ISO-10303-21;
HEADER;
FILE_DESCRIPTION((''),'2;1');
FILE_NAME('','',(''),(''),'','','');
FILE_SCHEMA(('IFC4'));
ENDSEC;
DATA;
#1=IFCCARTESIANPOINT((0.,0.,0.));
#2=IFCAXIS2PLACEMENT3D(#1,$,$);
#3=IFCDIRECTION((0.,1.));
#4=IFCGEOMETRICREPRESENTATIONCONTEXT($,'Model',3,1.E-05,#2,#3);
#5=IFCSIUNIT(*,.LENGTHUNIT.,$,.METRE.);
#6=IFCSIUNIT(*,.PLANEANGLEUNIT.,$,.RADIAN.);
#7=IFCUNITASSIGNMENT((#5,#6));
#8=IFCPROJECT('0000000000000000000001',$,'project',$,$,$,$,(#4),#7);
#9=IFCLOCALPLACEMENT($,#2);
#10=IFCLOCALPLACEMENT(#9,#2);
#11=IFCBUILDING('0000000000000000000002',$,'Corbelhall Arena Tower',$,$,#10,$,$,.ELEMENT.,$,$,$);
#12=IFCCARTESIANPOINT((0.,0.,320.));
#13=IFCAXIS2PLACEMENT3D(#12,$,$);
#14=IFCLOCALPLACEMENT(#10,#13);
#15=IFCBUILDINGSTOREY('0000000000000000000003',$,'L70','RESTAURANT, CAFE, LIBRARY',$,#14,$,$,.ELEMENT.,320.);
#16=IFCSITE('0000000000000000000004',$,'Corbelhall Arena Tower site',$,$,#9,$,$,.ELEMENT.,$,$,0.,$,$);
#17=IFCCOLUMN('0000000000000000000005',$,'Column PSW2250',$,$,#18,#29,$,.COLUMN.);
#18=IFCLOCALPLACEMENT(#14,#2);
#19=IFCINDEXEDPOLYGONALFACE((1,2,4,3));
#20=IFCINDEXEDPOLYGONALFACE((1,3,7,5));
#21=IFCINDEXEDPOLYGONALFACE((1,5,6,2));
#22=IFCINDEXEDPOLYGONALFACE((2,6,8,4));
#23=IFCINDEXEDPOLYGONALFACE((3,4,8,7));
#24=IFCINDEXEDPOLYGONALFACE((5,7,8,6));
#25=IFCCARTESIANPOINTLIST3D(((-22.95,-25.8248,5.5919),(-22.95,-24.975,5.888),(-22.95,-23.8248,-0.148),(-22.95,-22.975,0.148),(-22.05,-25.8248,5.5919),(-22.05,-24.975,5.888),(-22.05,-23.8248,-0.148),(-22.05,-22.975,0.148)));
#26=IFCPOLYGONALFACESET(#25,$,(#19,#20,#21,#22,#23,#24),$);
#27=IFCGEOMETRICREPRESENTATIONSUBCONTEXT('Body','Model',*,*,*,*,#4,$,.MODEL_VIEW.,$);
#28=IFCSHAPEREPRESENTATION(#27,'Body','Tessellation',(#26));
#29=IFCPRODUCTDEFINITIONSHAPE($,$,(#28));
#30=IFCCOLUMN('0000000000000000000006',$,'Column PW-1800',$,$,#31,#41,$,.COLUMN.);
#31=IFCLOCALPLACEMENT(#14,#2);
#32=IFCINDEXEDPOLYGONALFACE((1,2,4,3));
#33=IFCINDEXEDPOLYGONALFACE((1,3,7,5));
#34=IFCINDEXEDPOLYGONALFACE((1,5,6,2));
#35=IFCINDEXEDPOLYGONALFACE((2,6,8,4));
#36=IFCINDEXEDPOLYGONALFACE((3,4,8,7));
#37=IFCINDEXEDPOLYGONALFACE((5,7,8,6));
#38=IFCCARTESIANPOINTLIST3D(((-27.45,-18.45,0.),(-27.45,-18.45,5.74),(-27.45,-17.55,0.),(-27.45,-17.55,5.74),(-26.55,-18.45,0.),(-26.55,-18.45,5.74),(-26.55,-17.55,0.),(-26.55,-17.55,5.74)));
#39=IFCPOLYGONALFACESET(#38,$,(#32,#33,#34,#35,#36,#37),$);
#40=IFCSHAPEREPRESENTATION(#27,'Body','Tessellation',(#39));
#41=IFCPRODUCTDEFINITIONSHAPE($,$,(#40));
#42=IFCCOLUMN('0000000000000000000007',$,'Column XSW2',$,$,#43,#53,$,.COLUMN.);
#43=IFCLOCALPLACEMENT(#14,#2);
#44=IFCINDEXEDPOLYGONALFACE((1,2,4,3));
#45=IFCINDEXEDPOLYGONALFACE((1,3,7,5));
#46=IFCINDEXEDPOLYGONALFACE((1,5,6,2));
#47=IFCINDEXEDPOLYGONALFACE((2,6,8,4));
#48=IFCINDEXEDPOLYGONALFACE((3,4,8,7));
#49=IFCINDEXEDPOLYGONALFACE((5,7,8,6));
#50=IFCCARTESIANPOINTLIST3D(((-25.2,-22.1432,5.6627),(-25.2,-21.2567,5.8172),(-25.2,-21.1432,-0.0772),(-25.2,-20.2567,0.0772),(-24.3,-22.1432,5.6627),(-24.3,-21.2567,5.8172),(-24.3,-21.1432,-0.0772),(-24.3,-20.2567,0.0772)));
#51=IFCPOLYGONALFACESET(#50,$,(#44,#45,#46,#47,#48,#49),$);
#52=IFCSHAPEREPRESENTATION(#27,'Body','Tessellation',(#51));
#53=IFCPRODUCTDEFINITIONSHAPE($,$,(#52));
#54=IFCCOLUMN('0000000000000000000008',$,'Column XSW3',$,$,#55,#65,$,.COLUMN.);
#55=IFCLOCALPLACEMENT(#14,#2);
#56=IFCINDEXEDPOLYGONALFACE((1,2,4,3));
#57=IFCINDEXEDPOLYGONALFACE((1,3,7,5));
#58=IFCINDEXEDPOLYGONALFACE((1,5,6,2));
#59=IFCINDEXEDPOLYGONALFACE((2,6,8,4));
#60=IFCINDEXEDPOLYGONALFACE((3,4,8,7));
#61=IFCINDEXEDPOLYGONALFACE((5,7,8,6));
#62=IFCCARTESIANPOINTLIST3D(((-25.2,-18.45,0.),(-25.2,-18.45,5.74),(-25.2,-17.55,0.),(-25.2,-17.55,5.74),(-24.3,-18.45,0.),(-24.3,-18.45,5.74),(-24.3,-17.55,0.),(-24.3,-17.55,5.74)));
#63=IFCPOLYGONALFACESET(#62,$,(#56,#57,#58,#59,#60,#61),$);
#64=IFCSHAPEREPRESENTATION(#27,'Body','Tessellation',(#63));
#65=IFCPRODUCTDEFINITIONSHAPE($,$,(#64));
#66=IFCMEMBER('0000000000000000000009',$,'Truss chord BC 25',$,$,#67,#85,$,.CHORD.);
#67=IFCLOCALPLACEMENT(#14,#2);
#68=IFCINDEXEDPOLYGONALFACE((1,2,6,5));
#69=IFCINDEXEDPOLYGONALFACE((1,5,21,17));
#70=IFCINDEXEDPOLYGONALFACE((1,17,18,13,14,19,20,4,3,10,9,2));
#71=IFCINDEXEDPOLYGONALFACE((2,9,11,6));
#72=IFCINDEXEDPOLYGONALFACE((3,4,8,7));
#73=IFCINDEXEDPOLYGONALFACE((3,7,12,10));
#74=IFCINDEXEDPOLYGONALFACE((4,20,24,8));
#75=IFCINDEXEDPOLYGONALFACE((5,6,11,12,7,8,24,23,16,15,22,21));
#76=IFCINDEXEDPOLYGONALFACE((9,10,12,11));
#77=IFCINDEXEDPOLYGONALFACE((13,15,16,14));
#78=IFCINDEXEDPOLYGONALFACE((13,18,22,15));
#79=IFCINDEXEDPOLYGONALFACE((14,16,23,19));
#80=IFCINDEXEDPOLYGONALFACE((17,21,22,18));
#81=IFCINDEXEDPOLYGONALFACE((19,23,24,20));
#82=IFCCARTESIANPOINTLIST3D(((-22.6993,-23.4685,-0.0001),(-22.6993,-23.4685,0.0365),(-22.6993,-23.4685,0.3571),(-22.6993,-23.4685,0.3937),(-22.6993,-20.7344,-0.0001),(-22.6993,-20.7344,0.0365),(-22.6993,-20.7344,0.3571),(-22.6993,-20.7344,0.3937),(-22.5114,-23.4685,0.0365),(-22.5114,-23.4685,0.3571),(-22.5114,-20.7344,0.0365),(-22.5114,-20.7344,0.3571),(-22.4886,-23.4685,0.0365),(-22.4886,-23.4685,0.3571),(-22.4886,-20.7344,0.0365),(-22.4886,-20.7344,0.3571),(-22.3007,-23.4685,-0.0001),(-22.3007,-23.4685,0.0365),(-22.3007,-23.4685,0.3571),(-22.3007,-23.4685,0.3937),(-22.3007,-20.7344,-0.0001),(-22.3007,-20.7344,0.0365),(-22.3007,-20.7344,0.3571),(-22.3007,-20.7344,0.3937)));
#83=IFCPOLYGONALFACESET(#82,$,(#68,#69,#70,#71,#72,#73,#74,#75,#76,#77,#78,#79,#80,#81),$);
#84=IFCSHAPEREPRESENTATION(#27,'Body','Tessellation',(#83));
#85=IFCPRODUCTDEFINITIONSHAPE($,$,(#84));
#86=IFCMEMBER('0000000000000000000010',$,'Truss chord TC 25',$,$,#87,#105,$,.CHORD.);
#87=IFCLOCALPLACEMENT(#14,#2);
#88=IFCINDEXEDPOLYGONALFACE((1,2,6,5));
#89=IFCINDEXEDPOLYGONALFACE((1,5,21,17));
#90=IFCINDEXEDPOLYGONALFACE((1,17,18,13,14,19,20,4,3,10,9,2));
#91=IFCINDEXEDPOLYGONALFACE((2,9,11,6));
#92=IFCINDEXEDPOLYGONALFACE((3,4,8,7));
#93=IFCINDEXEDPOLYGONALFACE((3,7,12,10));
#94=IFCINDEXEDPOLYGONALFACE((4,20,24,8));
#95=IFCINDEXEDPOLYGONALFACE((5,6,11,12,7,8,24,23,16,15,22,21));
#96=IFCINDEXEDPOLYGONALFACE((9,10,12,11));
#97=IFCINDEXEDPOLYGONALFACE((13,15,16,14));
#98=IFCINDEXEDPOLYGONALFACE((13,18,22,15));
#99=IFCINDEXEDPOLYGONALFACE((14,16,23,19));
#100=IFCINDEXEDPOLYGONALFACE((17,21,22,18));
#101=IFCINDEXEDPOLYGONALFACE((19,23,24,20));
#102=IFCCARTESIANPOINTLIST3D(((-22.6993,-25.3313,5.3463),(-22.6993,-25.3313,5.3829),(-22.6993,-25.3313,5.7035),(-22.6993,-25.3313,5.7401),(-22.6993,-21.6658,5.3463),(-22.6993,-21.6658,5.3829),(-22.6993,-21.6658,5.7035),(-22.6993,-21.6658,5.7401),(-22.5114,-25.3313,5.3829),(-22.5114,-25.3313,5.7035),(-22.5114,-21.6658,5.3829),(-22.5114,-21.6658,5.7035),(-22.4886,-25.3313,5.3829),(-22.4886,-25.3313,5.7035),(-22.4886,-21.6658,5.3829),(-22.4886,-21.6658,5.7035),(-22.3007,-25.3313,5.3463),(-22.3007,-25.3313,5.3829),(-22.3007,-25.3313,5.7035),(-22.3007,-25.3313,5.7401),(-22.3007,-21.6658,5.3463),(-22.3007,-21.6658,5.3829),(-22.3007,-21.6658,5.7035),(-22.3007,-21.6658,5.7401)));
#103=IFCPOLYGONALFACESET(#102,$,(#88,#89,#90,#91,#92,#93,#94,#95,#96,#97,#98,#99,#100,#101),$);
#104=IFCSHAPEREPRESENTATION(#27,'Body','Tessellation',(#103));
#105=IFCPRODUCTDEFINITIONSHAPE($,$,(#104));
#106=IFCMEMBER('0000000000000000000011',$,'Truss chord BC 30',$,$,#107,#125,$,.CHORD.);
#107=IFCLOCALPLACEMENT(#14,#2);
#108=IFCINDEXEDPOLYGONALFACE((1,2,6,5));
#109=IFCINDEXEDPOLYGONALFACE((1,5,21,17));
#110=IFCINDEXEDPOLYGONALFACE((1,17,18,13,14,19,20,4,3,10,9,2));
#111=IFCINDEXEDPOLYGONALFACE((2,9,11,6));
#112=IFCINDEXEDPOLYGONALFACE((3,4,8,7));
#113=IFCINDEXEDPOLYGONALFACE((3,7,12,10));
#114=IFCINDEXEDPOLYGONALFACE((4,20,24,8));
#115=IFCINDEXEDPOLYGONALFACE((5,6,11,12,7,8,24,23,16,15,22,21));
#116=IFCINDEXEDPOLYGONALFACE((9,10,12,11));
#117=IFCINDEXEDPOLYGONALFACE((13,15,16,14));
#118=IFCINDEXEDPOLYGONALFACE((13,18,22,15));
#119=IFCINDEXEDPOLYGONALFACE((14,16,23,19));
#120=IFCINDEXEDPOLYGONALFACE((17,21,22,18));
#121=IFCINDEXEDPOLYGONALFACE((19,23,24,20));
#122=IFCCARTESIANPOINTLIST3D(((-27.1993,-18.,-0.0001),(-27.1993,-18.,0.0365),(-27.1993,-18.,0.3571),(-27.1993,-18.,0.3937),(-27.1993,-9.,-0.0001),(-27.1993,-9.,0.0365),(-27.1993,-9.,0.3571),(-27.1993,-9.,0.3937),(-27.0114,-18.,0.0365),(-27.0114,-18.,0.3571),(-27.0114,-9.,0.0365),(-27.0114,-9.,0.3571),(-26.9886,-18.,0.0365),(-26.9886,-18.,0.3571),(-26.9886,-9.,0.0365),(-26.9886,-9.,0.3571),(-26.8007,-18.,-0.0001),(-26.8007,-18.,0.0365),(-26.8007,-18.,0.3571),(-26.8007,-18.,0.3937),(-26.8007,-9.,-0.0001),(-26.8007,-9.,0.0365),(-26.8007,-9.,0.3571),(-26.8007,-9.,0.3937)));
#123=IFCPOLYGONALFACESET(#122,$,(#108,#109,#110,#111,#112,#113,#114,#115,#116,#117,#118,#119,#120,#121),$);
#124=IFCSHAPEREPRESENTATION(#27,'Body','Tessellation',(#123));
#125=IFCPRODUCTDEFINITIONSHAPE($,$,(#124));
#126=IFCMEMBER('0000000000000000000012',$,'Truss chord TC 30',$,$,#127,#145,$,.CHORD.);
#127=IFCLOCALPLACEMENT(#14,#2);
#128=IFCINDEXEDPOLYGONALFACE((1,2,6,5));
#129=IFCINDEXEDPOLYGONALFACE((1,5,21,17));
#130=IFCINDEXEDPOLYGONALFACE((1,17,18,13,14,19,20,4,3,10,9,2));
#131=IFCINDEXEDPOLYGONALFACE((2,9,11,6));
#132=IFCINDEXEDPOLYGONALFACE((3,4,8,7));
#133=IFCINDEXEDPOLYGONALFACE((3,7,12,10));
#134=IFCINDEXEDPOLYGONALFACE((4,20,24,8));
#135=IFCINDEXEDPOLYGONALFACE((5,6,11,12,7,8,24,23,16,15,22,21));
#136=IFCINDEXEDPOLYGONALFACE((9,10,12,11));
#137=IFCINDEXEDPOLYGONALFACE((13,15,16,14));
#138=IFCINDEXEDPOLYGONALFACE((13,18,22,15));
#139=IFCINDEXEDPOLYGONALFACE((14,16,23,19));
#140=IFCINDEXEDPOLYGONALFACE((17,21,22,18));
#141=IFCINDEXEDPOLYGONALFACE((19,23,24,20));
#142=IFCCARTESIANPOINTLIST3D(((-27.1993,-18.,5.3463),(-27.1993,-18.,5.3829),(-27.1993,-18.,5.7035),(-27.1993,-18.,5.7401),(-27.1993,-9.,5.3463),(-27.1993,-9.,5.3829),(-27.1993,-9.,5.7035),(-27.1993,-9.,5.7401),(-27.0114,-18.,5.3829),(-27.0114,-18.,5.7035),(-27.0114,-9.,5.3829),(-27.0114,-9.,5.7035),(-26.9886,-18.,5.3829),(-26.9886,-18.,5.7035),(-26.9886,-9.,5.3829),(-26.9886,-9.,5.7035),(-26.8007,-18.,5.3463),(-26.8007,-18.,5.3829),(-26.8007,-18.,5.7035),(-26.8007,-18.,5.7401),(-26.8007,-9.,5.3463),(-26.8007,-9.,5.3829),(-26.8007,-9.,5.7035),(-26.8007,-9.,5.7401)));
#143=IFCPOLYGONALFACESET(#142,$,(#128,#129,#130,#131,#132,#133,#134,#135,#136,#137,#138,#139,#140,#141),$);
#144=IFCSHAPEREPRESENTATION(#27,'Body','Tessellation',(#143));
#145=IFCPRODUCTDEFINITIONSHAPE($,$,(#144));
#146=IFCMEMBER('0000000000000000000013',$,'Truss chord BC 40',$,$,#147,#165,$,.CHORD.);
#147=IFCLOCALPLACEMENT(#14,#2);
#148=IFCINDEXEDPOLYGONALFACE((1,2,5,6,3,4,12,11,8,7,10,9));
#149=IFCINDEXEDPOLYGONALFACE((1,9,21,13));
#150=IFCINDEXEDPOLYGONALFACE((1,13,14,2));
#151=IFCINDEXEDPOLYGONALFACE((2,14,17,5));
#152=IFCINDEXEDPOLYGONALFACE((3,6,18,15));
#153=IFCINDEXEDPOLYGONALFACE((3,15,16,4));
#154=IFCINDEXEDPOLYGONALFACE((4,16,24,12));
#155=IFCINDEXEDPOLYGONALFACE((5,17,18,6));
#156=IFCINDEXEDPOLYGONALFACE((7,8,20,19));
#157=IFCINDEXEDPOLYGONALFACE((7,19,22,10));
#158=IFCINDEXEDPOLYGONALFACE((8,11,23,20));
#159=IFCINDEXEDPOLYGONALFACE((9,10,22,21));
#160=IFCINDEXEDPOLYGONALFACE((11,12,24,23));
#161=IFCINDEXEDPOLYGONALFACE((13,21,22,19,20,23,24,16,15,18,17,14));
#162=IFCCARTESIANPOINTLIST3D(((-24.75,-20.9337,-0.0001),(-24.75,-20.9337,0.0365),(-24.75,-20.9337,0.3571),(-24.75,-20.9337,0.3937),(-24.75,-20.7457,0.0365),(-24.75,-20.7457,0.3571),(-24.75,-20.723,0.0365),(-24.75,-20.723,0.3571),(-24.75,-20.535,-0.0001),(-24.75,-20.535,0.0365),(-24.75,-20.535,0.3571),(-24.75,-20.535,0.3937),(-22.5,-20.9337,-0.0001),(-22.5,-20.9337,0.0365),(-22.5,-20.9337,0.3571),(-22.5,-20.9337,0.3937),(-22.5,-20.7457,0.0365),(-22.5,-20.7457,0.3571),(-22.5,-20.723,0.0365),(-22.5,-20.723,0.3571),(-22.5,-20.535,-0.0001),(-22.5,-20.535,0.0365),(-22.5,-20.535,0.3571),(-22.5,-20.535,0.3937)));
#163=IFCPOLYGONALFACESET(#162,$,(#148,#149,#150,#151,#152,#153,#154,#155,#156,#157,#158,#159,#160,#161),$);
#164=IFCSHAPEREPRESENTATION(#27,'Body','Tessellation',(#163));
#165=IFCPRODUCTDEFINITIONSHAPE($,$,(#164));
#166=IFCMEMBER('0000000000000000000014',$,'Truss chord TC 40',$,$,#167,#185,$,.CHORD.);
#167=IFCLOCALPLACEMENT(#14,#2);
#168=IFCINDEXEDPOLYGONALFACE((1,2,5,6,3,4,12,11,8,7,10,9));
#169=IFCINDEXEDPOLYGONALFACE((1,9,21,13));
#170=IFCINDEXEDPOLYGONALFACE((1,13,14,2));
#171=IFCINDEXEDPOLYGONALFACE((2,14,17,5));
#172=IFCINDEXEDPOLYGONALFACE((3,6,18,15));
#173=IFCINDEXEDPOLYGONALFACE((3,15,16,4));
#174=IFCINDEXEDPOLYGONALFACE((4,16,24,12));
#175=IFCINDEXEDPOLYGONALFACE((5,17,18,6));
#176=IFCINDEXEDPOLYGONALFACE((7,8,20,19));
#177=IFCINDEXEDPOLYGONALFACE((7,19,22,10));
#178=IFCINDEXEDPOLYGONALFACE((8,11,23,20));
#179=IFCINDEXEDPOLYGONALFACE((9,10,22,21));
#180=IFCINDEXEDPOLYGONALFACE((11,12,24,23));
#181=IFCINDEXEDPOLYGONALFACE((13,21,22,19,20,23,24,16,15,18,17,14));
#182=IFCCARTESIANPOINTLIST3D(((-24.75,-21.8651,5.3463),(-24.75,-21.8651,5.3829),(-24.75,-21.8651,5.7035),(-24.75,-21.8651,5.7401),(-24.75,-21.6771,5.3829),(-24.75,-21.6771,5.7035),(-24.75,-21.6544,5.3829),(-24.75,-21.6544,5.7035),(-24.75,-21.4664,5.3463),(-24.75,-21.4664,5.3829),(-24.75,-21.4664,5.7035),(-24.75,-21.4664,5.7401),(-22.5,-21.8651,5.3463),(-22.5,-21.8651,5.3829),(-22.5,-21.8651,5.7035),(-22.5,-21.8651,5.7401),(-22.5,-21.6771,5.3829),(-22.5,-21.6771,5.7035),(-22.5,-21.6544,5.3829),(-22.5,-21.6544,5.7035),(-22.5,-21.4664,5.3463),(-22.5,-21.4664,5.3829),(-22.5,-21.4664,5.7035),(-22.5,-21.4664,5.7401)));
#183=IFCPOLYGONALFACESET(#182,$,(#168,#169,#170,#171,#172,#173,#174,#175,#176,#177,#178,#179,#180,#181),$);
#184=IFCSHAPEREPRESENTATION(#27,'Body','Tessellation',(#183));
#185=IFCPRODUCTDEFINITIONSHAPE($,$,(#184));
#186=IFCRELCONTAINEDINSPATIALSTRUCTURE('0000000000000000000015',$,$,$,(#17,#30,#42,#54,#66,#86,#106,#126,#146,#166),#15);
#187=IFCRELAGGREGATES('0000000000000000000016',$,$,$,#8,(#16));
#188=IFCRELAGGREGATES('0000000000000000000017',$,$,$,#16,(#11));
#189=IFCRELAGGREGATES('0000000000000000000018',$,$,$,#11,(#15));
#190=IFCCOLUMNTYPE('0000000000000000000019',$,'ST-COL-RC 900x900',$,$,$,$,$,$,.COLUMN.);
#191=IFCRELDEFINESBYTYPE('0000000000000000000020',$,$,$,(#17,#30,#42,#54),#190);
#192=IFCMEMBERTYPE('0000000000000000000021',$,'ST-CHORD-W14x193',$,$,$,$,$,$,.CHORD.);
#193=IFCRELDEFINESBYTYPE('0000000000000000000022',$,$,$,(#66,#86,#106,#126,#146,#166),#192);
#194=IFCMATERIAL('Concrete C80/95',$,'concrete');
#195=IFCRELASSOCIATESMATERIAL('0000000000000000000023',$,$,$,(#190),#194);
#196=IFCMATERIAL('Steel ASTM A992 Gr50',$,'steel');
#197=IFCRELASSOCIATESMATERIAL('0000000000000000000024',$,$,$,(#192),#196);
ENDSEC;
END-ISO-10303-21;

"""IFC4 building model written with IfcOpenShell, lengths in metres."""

from ifc_helpers import new_model, si_unit, direction, frame, origin, origin_2d, place, context, subcontext, project, spatial, rectangle, i_section, extrude, material, material_profile, profile_set, type_object, element, save


model = new_model("IFC4")

# Units and contexts
model_context = context("Model", 3, precision=1e-05, world=origin(), true_north=direction((0.0, 1.0)))
body_context = subcontext(model_context, "Body", "Model", "MODEL_VIEW")
ifc_project = project(units=[si_unit("LENGTHUNIT", "METRE"), si_unit("PLANEANGLEUNIT", "RADIAN")], contexts=[model_context])

# Site, building, storey
site_placement = place(None, origin())
site = spatial("IfcSite", under=ifc_project, at=site_placement, Name="Corbelhall Arena Tower site", CompositionType="ELEMENT", RefElevation=0.0)
building_placement = place(site_placement, origin())
building = spatial("IfcBuilding", under=site, at=building_placement, Name="Corbelhall Arena Tower", CompositionType="ELEMENT")
storey_placement = place(building_placement, frame((0.0, 0.0, 320.0)))
storey = spatial("IfcBuildingStorey", under=building, at=storey_placement, Name="L70", Description="RESTAURANT, CAFE, LIBRARY", CompositionType="ELEMENT", Elevation=320.0)

# Columns
ifc_material_1 = material(Name="Concrete C80/95", Category="concrete")
ifc_material_profile_1 = material_profile(ifc_material_1, rectangle(XDim=0.8999, YDim=0.8999, at=origin_2d()))
ifc_profile_set_1 = profile_set([ifc_material_profile_1], Name="Concrete C80/95")
column_type = type_object("IfcColumnType", Name="ST-COL-RC 900x900", PredefinedType="COLUMN", material=ifc_profile_set_1)
column_1_placement = place(storey_placement, frame((-22.5, -23.3999, 0.0), z_axis=(0.0, -0.329032, 0.944319), x_axis=(1.0, 0.0, 0.0)))
element("IfcColumn", 1, at=column_1_placement, inside=storey, type_object=column_type, Name="Column PSW2250", PredefinedType="COLUMN", context=body_context, shape_type="SweptSolid", body=[
    extrude(rectangle(XDim=0.8999, YDim=0.8999, at=origin_2d()), origin(), (0.0, 0.0, 1.0), 6.0784),
])
column_2_placement = place(storey_placement, frame((-27.0, -18.0, 0.0), z_axis=(0.0, 0.0, 1.0), x_axis=(0.0, 1.0, 0.0)))
element("IfcColumn", 2, at=column_2_placement, inside=storey, type_object=column_type, Name="Column PW-1800", PredefinedType="COLUMN", context=body_context, shape_type="SweptSolid", body=[
    extrude(rectangle(XDim=0.8999, YDim=0.8999, at=origin_2d()), origin(), (0.0, 0.0, 1.0), 5.74),
])
column_3_placement = place(storey_placement, frame((-24.75, -20.7, 0.0), z_axis=(0.0, -0.171631, 0.985161), x_axis=(1.0, 0.0, 0.0)))
element("IfcColumn", 3, at=column_3_placement, inside=storey, type_object=column_type, Name="Column XSW2", PredefinedType="COLUMN", context=body_context, shape_type="SweptSolid", body=[
    extrude(rectangle(XDim=0.8999, YDim=0.8999, at=origin_2d()), origin(), (0.0, 0.0, 1.0), 5.8264),
])
column_4_placement = place(storey_placement, frame((-24.75, -18.0, 0.0), z_axis=(0.0, 0.0, 1.0), x_axis=(1.0, 0.0, 0.0)))
element("IfcColumn", 4, at=column_4_placement, inside=storey, type_object=column_type, Name="Column XSW3", PredefinedType="COLUMN", context=body_context, shape_type="SweptSolid", body=[
    extrude(rectangle(XDim=0.8999, YDim=0.8999, at=origin_2d()), origin(), (0.0, 0.0, 1.0), 5.74),
])

# Members
ifc_material_2 = material(Name="Steel ASTM A992 Gr50", Category="steel")
ifc_material_profile_2 = material_profile(ifc_material_2, i_section(OverallWidth=0.3987, OverallDepth=0.3938, WebThickness=0.0227, FlangeThickness=0.0366, at=origin_2d()))
ifc_profile_set_2 = profile_set([ifc_material_profile_2], Name="Steel ASTM A992 Gr50")
member_type_1 = type_object("IfcMemberType", Name="ST-CHORD-W14x193", PredefinedType="CHORD", material=ifc_profile_set_2)
member_1_placement = place(storey_placement, frame((-22.5, -23.4685, 0.1968), z_axis=(0.0, 1.0, 0.0), x_axis=(-1.0, 0.0, 0.0)))
element("IfcMember", 5, at=member_1_placement, inside=storey, type_object=member_type_1, Name="Truss chord BC 25", PredefinedType="CHORD", context=body_context, shape_type="SweptSolid", body=[
    extrude(i_section(OverallWidth=0.3987, OverallDepth=0.3938, WebThickness=0.0227, FlangeThickness=0.0366, at=origin_2d()), origin(), (0.0, 0.0, 1.0), 2.7341),
])
member_2_placement = place(storey_placement, frame((-22.5, -25.3313, 5.5432), z_axis=(0.0, 1.0, 0.0), x_axis=(-1.0, 0.0, 0.0)))
element("IfcMember", 6, at=member_2_placement, inside=storey, type_object=member_type_1, Name="Truss chord TC 25", PredefinedType="CHORD", context=body_context, shape_type="SweptSolid", body=[
    extrude(i_section(OverallWidth=0.3987, OverallDepth=0.3938, WebThickness=0.0227, FlangeThickness=0.0366, at=origin_2d()), origin(), (0.0, 0.0, 1.0), 3.6655),
])
for number, where, z_axis, x_axis, name in (
    (7, (-27.0, -18.0, 0.1968), (0.0, 1.0, 0.0), (-1.0, 0.0, 0.0), "Truss chord BC 30"),
    (8, (-27.0, -18.0, 5.5432), (0.0, 1.0, 0.0), (-1.0, 0.0, 0.0), "Truss chord TC 30"),
):
    element("IfcMember", number, at=place(storey_placement, frame(where, z_axis=z_axis, x_axis=x_axis)), inside=storey, type_object=member_type_1, Name=name, PredefinedType="CHORD", context=body_context, shape_type="SweptSolid", body=[
        extrude(i_section(OverallWidth=0.3987, OverallDepth=0.3938, WebThickness=0.0227, FlangeThickness=0.0366, at=origin_2d()), origin(), (0.0, 0.0, 1.0), 9.0),
    ])
for number, where, z_axis, x_axis, name in (
    (9, (-22.5, -20.7344, 0.1968), (-1.0, 0.0, 0.0), (0.0, -1.0, 0.0), "Truss chord BC 40"),
    (10, (-22.5, -21.6658, 5.5432), (-1.0, 0.0, 0.0), (0.0, -1.0, 0.0), "Truss chord TC 40"),
):
    element("IfcMember", number, at=place(storey_placement, frame(where, z_axis=z_axis, x_axis=x_axis)), inside=storey, type_object=member_type_1, Name=name, PredefinedType="CHORD", context=body_context, shape_type="SweptSolid", body=[
        extrude(i_section(OverallWidth=0.3987, OverallDepth=0.3938, WebThickness=0.0227, FlangeThickness=0.0366, at=origin_2d()), origin(), (0.0, 0.0, 1.0), 2.25),
    ])

save(model, "model.ifc")
